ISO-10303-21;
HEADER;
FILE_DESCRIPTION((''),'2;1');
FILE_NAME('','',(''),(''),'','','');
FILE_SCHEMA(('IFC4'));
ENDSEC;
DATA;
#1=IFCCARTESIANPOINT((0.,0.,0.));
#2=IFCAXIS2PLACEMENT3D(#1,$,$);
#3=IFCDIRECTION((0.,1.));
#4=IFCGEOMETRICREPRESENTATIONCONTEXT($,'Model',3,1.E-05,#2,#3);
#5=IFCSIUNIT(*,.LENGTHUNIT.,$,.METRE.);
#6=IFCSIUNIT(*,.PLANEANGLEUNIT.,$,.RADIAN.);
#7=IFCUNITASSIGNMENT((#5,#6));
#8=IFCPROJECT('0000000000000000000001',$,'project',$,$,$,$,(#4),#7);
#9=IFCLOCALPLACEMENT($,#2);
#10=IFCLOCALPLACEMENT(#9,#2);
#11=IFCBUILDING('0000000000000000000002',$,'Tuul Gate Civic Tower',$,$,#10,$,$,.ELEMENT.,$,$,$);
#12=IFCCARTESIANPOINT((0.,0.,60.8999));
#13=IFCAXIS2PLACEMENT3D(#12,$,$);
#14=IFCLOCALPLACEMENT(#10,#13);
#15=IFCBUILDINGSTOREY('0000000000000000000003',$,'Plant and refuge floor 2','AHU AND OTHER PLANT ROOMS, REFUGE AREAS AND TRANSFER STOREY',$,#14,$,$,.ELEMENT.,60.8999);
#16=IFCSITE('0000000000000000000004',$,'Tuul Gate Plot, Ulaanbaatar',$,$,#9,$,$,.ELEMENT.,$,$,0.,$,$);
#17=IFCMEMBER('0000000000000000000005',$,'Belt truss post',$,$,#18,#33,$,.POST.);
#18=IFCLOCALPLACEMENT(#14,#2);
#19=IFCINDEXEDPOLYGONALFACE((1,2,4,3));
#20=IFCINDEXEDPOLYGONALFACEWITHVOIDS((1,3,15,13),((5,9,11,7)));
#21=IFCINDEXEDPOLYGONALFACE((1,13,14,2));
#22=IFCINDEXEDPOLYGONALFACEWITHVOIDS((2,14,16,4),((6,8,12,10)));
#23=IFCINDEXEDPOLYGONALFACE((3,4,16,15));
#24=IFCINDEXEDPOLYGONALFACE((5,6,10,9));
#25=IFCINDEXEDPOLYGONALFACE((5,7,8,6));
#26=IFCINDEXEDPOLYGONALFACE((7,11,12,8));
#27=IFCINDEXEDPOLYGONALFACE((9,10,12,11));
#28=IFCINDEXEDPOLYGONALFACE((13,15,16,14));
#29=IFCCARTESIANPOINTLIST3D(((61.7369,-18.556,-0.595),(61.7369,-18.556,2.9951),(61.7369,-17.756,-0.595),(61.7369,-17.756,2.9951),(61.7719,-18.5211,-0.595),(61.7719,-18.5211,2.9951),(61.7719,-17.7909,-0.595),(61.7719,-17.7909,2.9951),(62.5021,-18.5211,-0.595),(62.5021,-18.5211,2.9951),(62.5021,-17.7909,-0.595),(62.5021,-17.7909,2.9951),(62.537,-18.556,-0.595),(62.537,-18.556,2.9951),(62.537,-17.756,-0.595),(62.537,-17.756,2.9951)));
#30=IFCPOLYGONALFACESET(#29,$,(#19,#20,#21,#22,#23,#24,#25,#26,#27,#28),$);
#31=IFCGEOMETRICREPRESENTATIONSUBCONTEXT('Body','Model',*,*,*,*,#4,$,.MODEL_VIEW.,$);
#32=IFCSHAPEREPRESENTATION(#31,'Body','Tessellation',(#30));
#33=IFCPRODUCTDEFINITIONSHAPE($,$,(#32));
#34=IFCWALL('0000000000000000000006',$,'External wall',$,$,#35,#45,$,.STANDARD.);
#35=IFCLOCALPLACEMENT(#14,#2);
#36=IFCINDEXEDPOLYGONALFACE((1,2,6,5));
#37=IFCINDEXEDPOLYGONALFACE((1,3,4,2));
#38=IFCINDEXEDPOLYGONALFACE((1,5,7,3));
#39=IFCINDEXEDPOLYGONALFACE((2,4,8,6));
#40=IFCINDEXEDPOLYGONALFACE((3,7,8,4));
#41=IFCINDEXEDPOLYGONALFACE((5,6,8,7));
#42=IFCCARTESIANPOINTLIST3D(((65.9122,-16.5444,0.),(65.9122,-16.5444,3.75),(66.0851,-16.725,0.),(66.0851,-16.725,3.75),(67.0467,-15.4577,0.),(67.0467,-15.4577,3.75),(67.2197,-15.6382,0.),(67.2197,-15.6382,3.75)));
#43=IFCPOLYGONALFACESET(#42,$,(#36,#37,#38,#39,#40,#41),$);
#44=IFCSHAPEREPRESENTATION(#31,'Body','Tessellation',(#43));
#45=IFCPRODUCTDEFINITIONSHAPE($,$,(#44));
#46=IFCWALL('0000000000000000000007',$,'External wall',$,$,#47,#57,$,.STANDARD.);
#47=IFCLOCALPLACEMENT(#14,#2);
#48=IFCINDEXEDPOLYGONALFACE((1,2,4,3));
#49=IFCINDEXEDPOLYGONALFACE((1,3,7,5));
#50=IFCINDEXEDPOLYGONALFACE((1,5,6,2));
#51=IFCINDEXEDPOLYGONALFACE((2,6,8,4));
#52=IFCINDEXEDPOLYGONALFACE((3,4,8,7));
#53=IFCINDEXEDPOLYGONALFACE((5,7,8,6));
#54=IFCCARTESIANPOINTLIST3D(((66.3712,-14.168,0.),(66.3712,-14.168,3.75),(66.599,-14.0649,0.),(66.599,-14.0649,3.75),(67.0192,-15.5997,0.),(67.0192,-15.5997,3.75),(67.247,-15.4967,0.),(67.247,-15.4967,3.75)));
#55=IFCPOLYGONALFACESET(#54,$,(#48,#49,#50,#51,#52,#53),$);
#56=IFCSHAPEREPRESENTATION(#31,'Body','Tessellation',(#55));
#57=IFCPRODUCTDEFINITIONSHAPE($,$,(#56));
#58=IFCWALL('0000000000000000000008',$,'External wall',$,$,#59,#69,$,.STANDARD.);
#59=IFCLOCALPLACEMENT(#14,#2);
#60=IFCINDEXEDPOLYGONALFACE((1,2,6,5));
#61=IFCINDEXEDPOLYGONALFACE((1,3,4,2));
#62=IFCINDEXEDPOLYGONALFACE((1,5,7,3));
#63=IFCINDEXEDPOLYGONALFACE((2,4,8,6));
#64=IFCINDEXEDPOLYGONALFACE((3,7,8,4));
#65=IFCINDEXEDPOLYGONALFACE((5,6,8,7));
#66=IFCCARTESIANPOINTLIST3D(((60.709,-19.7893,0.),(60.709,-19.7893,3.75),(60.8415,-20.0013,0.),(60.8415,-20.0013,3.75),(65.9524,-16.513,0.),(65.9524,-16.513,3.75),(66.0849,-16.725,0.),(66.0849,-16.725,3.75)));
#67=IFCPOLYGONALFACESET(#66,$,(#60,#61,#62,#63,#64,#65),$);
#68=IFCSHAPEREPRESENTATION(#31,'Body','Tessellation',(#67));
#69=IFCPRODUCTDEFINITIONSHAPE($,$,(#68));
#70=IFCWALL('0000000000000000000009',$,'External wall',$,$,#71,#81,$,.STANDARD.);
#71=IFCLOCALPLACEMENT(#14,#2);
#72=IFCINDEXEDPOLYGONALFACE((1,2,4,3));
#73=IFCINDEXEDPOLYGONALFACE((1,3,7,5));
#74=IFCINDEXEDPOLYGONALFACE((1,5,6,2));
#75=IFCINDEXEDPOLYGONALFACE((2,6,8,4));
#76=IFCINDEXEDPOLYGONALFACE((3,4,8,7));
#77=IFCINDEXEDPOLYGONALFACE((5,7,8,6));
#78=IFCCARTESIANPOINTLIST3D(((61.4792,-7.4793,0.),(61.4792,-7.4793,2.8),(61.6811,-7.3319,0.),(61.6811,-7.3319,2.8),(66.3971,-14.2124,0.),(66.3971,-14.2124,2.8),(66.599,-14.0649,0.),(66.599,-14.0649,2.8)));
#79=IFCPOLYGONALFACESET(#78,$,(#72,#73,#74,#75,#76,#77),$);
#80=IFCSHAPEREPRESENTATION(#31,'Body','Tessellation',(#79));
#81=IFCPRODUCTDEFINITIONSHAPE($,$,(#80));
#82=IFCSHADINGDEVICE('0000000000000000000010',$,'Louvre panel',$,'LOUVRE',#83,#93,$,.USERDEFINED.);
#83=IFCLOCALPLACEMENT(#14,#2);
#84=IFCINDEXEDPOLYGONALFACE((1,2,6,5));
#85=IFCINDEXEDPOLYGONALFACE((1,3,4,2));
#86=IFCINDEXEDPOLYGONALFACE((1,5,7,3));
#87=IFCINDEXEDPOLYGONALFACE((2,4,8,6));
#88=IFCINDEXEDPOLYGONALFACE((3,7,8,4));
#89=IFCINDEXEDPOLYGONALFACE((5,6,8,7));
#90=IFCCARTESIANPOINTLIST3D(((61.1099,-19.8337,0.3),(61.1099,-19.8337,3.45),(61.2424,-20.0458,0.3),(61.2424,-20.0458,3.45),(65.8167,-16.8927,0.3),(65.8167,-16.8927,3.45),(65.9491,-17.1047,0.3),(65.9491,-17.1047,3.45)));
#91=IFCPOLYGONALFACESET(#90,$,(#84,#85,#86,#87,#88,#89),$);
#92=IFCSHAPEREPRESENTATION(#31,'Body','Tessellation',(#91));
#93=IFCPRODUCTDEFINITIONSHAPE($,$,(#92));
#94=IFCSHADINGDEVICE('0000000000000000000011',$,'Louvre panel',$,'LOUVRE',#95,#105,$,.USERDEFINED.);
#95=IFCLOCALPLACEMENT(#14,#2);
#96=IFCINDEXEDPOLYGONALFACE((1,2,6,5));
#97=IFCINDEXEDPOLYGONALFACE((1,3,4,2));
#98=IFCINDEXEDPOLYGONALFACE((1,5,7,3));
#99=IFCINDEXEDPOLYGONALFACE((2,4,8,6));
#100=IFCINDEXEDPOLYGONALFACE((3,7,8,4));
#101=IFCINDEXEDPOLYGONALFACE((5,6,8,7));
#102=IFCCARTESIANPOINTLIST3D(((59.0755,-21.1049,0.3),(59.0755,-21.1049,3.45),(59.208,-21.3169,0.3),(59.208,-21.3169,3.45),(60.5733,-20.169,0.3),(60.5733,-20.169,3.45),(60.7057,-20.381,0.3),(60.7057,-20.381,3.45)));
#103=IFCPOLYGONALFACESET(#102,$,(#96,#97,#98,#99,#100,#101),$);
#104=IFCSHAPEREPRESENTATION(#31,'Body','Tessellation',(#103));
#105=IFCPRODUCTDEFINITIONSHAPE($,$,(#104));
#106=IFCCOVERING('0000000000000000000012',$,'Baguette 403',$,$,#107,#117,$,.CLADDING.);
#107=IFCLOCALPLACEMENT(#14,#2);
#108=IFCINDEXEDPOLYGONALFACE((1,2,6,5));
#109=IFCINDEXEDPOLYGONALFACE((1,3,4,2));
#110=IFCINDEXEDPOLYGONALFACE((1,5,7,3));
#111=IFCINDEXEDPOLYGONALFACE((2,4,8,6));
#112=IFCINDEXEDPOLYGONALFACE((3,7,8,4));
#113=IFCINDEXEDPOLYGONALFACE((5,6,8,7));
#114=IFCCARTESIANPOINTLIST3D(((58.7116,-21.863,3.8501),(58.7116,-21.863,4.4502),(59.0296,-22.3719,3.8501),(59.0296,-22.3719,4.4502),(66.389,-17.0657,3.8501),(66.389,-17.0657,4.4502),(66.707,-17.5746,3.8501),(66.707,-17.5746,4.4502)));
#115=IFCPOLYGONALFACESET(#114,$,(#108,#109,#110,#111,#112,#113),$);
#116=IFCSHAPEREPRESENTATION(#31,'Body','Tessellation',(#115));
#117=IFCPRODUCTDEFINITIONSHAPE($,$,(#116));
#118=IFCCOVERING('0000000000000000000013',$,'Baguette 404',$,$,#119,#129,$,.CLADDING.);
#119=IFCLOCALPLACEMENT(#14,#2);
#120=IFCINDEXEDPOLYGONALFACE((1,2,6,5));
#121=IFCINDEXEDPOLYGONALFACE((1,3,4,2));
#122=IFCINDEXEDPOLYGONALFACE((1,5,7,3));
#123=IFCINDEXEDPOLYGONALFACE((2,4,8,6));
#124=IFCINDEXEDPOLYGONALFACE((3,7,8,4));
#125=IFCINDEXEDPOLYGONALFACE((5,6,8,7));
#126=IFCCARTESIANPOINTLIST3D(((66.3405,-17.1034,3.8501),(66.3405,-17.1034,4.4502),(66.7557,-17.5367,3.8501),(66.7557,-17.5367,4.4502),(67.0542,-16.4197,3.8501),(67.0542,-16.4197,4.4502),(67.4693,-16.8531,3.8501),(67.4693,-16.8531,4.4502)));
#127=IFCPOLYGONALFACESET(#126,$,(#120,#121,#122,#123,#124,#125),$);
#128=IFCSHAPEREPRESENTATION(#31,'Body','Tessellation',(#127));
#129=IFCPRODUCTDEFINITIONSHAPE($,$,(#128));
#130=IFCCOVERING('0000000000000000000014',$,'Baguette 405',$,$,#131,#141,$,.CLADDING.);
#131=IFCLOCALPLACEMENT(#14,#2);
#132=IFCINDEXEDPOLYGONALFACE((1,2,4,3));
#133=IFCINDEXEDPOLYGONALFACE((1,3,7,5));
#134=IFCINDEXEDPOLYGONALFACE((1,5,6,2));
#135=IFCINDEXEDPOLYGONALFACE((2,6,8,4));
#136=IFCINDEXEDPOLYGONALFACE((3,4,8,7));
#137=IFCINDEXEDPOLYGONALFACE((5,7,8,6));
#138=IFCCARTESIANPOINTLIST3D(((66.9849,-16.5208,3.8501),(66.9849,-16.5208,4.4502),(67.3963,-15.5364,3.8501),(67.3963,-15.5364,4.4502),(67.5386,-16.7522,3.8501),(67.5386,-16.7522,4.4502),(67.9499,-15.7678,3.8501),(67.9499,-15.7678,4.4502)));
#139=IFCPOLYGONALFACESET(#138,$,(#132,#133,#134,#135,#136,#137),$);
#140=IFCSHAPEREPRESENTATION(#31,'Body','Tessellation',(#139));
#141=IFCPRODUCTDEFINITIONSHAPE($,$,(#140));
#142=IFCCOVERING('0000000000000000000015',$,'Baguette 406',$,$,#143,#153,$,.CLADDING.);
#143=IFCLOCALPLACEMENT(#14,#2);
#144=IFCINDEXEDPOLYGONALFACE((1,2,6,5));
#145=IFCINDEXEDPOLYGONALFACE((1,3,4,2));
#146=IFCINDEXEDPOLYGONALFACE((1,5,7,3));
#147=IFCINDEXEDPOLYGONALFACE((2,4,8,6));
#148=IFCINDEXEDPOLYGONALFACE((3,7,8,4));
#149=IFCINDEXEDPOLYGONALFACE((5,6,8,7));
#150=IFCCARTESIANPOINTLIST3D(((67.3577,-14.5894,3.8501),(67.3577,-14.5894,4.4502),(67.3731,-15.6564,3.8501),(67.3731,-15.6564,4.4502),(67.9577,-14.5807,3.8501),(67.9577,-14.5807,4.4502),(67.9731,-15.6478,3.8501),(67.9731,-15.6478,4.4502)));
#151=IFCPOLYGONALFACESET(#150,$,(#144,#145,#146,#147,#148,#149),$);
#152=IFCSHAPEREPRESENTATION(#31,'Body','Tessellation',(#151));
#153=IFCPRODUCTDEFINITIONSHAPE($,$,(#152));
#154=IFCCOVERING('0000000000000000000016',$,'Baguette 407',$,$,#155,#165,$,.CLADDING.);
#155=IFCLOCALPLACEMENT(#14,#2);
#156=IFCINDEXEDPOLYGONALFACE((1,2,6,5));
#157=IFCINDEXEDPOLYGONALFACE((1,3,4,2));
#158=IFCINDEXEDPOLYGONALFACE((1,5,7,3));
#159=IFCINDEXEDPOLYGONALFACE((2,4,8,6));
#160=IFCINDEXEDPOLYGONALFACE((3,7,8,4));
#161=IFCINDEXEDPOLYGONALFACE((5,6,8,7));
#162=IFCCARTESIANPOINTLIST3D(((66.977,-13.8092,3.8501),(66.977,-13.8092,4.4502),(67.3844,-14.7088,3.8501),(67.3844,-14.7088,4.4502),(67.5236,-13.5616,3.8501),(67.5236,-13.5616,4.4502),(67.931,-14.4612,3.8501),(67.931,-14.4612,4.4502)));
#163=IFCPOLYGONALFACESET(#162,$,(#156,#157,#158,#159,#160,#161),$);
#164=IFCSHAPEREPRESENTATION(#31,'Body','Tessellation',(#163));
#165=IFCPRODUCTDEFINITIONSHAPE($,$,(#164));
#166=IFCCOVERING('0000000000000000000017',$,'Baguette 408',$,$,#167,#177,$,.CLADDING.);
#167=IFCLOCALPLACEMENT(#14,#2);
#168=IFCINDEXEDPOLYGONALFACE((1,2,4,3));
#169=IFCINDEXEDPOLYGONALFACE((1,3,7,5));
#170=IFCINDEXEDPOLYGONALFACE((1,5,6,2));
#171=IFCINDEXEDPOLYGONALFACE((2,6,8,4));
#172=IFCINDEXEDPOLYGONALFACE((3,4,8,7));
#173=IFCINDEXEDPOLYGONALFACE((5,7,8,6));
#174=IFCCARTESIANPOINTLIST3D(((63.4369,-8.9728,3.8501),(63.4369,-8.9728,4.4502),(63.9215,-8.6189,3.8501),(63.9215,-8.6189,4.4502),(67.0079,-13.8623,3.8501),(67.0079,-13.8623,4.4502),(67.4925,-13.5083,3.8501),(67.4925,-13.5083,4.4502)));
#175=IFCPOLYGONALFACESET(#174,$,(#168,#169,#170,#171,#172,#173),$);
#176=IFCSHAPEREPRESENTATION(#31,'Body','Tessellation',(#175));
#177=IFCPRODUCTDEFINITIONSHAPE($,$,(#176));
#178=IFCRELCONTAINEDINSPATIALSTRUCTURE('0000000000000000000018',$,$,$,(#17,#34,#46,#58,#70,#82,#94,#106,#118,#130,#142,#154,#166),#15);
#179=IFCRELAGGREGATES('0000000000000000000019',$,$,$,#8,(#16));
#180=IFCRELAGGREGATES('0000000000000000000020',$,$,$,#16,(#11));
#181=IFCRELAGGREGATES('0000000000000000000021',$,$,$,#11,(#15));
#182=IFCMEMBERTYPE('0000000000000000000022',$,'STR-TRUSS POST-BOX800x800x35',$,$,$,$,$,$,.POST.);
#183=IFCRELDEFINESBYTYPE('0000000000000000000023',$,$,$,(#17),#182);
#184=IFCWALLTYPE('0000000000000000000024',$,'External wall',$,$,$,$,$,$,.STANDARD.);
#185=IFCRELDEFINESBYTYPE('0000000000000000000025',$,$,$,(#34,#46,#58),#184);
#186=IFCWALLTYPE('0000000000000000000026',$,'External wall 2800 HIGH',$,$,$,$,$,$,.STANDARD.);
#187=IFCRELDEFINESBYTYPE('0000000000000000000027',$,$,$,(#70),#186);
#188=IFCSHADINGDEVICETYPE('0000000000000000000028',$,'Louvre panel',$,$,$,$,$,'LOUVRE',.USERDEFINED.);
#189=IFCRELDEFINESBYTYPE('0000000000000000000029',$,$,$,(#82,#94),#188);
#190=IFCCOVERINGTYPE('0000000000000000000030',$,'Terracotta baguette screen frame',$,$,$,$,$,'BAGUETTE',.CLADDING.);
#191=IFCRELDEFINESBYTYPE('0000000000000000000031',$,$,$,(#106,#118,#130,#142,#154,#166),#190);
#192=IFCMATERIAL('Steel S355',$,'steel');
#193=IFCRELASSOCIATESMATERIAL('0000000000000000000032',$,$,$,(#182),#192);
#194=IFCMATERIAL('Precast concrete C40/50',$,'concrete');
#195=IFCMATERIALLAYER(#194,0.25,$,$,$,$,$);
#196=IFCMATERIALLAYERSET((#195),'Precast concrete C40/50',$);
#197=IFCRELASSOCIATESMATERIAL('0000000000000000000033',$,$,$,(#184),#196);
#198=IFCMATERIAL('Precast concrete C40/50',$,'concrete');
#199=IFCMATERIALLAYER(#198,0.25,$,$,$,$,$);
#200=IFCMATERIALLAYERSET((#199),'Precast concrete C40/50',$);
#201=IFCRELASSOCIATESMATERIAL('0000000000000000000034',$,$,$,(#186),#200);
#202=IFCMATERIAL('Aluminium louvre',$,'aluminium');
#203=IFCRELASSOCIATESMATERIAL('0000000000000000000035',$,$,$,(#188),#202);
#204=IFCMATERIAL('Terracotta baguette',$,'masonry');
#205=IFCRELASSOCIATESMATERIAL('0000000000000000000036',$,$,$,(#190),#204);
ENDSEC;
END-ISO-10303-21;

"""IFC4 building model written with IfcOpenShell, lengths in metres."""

from ifc_helpers import new_model, si_unit, direction, frame, frame_2d, origin, origin_2d, place, context, subcontext, project, spatial, rectangle, hollow_rectangle, extrude, material, layer, layer_set, material_profile, profile_set, type_object, element, save


model = new_model("IFC4")

# Units and contexts
model_context = context("Model", 3, precision=1e-05, world=origin(), true_north=direction((0.0, 1.0)))
body_context = subcontext(model_context, "Body", "Model", "MODEL_VIEW")
ifc_project = project(units=[si_unit("LENGTHUNIT", "METRE"), si_unit("PLANEANGLEUNIT", "RADIAN")], contexts=[model_context])

# Site, building, storey
site_placement = place(None, origin())
site = spatial("IfcSite", under=ifc_project, at=site_placement, Name="Tuul Gate Plot, Ulaanbaatar", CompositionType="ELEMENT", RefElevation=0.0)
building_placement = place(site_placement, origin())
building = spatial("IfcBuilding", under=site, at=building_placement, Name="Tuul Gate Civic Tower", CompositionType="ELEMENT")
storey_placement = place(building_placement, frame((0.0, 0.0, 60.8999)))
storey = spatial("IfcBuildingStorey", under=building, at=storey_placement, Name="Plant and refuge floor 2", Description="AHU AND OTHER PLANT ROOMS, REFUGE AREAS AND TRANSFER STOREY", CompositionType="ELEMENT", Elevation=60.8999)

# Member
ifc_material_1 = material(Name="Steel S355", Category="steel")
ifc_material_profile_1 = material_profile(ifc_material_1, hollow_rectangle(XDim=0.8, YDim=0.8, WallThickness=0.0349, at=origin_2d()), Name="BOX800x800x35")
ifc_profile_set_1 = profile_set([ifc_material_profile_1], Name="Steel S355")
member_type_1 = type_object("IfcMemberType", Name="STR-TRUSS POST-BOX800x800x35", PredefinedType="POST", material=ifc_profile_set_1)
for number, where, z_axis, x_axis, name in (
    (1, (62.137, -18.156, -0.595), (0.0, 0.0, 1.0), (1.0, 0.0, 0.0), "Belt truss post"),
):
    element("IfcMember", number, at=place(storey_placement, frame(where, z_axis=z_axis, x_axis=x_axis)), inside=storey, type_object=member_type_1, Name=name, PredefinedType="POST", context=body_context, shape_type="SweptSolid", body=[
        extrude(hollow_rectangle(XDim=0.8, YDim=0.8, WallThickness=0.0349, at=origin_2d()), origin(), (0.0, 0.0, 1.0), 3.5901),
    ])

# Walls
ifc_material_2 = material(Name="Precast concrete C40/50", Category="concrete")
ifc_layer_1 = layer(ifc_material_2, 0.25)
ifc_layer_set_1 = layer_set([ifc_layer_1], Name="Precast concrete C40/50")
wall_type_1 = type_object("IfcWallType", Name="External wall", PredefinedType="STANDARD", material=ifc_layer_set_1)
wall_1_placement = place(storey_placement, frame((65.9985, -16.6348, 0.0), z_axis=(0.0, 0.0, 1.0), x_axis=(0.722173, 0.691713, 0.0)))
element("IfcWall", 2, at=wall_1_placement, inside=storey, type_object=wall_type_1, Name="External wall", PredefinedType="STANDARD", context=body_context, shape_type="SweptSolid", body=[
    extrude(rectangle(XDim=1.571, YDim=0.25, at=frame_2d((0.7856, 0.0))), origin(), (0.0, 0.0, 1.0), 3.75),
])
wall_2_placement = place(storey_placement, frame((67.1331, -15.5481, 0.0), z_axis=(0.0, 0.0, 1.0), x_axis=(-0.412328, 0.911036, 0.0)))
element("IfcWall", 3, at=wall_2_placement, inside=storey, type_object=wall_type_1, Name="External wall", PredefinedType="STANDARD", context=body_context, shape_type="SweptSolid", body=[
    extrude(rectangle(XDim=1.5715, YDim=0.25, at=frame_2d((0.7856, 0.0))), origin(), (0.0, 0.0, 1.0), 3.75),
])
wall_3_placement = place(storey_placement, frame((60.7754, -19.8953, 0.0), z_axis=(0.0, 0.0, 1.0), x_axis=(0.848054, 0.52991, 0.0)))
element("IfcWall", 4, at=wall_3_placement, inside=storey, type_object=wall_type_1, Name="External wall", PredefinedType="STANDARD", context=body_context, shape_type="SweptSolid", body=[
    extrude(rectangle(XDim=6.1829, YDim=0.25, at=frame_2d((3.0913, 0.0))), origin(), (0.0, 0.0, 1.0), 3.75),
])
ifc_material_3 = material(Name="Precast concrete C40/50", Category="concrete")
ifc_layer_2 = layer(ifc_material_3, 0.25)
ifc_layer_set_2 = layer_set([ifc_layer_2], Name="Precast concrete C40/50")
wall_type_2 = type_object("IfcWallType", Name="External wall 2800 HIGH", PredefinedType="STANDARD", material=ifc_layer_set_2)
wall_4_placement = place(storey_placement, frame((66.498, -14.1387, 0.0), z_axis=(0.0, 0.0, 1.0), x_axis=(-0.589828, 0.807529, 0.0)))
element("IfcWall", 5, at=wall_4_placement, inside=storey, type_object=wall_type_2, Name="External wall", PredefinedType="STANDARD", context=body_context, shape_type="SweptSolid", body=[
    extrude(rectangle(XDim=8.3379, YDim=0.25, at=frame_2d((4.1689, 0.0))), origin(), (0.0, 0.0, 1.0), 2.8),
])

# Shading devices
ifc_material_4 = material(Name="Aluminium louvre", Category="aluminium")
shading_device_type = type_object("IfcShadingDeviceType", Name="Louvre panel", ElementType="LOUVRE", PredefinedType="USERDEFINED", material=ifc_material_4)
shading_device_1_placement = place(storey_placement, frame((63.5295, -18.4692, 0.3), z_axis=(0.0, 0.0, 1.0), x_axis=(0.529912, -0.848053, 0.0)))
element("IfcShadingDevice", 6, at=shading_device_1_placement, inside=storey, type_object=shading_device_type, Name="Louvre panel", ObjectType="LOUVRE", PredefinedType="USERDEFINED", context=body_context, shape_type="SweptSolid", body=[
    extrude(rectangle(XDim=0.25, YDim=5.55, at=origin_2d()), origin(), (0.0, 0.0, 1.0), 3.1499),
])
shading_device_2_placement = place(storey_placement, frame((59.8906, -20.7429, 0.3), z_axis=(0.0, 0.0, 1.0), x_axis=(0.529912, -0.848053, 0.0)))
element("IfcShadingDevice", 7, at=shading_device_2_placement, inside=storey, type_object=shading_device_type, Name="Louvre panel", ObjectType="LOUVRE", PredefinedType="USERDEFINED", context=body_context, shape_type="SweptSolid", body=[
    extrude(rectangle(XDim=0.25, YDim=1.7661, at=origin_2d()), origin(), (0.0, 0.0, 1.0), 3.1499),
])

# Coverings
ifc_material_5 = material(Name="Terracotta baguette", Category="masonry")
ifc_material_profile_2 = material_profile(ifc_material_5, rectangle(XDim=0.6001, YDim=0.6001, at=origin_2d()), Name="Terracotta baguette screen frame")
ifc_profile_set_2 = profile_set([ifc_material_profile_2], Name="Terracotta baguette")
covering_type = type_object("IfcCoveringType", Name="Terracotta baguette screen frame", ElementType="BAGUETTE", PredefinedType="CLADDING", material=ifc_profile_set_2)
covering_1_placement = place(storey_placement, frame((58.8706, -22.1174, 4.1501), z_axis=(0.848051, 0.529914, 0.0), x_axis=(-0.529914, 0.848051, 0.0)))
element("IfcCovering", 8, at=covering_1_placement, inside=storey, type_object=covering_type, Name="Baguette 403", PredefinedType="CLADDING", context=body_context, shape_type="SweptSolid", body=[
    extrude(rectangle(XDim=0.6001, YDim=0.6001, at=origin_2d()), origin(), (0.0, 0.0, 1.0), 9.053),
])
covering_2_placement = place(storey_placement, frame((66.5481, -17.3201, 4.1501), z_axis=(0.722137, 0.69175, 0.0), x_axis=(-0.69175, 0.722137, 0.0)))
element("IfcCovering", 9, at=covering_2_placement, inside=storey, type_object=covering_type, Name="Baguette 404", PredefinedType="CLADDING", context=body_context, shape_type="SweptSolid", body=[
    extrude(rectangle(XDim=0.6001, YDim=0.6001, at=origin_2d()), origin(), (0.0, 0.0, 1.0), 0.9883),
])
covering_3_placement = place(storey_placement, frame((67.2617, -16.6365, 4.1501), z_axis=(0.38559, 0.92267, 0.0), x_axis=(-0.92267, 0.38559, 0.0)))
element("IfcCovering", 10, at=covering_3_placement, inside=storey, type_object=covering_type, Name="Baguette 405", PredefinedType="CLADDING", context=body_context, shape_type="SweptSolid", body=[
    extrude(rectangle(XDim=0.6001, YDim=0.6001, at=origin_2d()), origin(), (0.0, 0.0, 1.0), 1.0669),
])
covering_4_placement = place(storey_placement, frame((67.6731, -15.6521, 4.1501), z_axis=(-0.014412, 0.999896, 0.0), x_axis=(-0.999896, -0.014412, 0.0)))
element("IfcCovering", 11, at=covering_4_placement, inside=storey, type_object=covering_type, Name="Baguette 406", PredefinedType="CLADDING", context=body_context, shape_type="SweptSolid", body=[
    extrude(rectangle(XDim=0.6001, YDim=0.6001, at=origin_2d()), origin(), (0.0, 0.0, 1.0), 1.0671),
])
covering_5_placement = place(storey_placement, frame((67.6577, -14.585, 4.1501), z_axis=(-0.412573, 0.910924, 0.0), x_axis=(-0.910924, -0.412573, 0.0)))
element("IfcCovering", 12, at=covering_5_placement, inside=storey, type_object=covering_type, Name="Baguette 407", PredefinedType="CLADDING", context=body_context, shape_type="SweptSolid", body=[
    extrude(rectangle(XDim=0.6001, YDim=0.6001, at=origin_2d()), origin(), (0.0, 0.0, 1.0), 0.9875),
])
covering_6_placement = place(storey_placement, frame((67.2502, -13.6853, 4.1501), z_axis=(-0.589803, 0.807547, 0.0), x_axis=(-0.807547, -0.589803, 0.0)))
element("IfcCovering", 13, at=covering_6_placement, inside=storey, type_object=covering_type, Name="Baguette 408", PredefinedType="CLADDING", context=body_context, shape_type="SweptSolid", body=[
    extrude(rectangle(XDim=0.6001, YDim=0.6001, at=origin_2d()), origin(), (0.0, 0.0, 1.0), 6.0547),
])

save(model, "model.ifc")
